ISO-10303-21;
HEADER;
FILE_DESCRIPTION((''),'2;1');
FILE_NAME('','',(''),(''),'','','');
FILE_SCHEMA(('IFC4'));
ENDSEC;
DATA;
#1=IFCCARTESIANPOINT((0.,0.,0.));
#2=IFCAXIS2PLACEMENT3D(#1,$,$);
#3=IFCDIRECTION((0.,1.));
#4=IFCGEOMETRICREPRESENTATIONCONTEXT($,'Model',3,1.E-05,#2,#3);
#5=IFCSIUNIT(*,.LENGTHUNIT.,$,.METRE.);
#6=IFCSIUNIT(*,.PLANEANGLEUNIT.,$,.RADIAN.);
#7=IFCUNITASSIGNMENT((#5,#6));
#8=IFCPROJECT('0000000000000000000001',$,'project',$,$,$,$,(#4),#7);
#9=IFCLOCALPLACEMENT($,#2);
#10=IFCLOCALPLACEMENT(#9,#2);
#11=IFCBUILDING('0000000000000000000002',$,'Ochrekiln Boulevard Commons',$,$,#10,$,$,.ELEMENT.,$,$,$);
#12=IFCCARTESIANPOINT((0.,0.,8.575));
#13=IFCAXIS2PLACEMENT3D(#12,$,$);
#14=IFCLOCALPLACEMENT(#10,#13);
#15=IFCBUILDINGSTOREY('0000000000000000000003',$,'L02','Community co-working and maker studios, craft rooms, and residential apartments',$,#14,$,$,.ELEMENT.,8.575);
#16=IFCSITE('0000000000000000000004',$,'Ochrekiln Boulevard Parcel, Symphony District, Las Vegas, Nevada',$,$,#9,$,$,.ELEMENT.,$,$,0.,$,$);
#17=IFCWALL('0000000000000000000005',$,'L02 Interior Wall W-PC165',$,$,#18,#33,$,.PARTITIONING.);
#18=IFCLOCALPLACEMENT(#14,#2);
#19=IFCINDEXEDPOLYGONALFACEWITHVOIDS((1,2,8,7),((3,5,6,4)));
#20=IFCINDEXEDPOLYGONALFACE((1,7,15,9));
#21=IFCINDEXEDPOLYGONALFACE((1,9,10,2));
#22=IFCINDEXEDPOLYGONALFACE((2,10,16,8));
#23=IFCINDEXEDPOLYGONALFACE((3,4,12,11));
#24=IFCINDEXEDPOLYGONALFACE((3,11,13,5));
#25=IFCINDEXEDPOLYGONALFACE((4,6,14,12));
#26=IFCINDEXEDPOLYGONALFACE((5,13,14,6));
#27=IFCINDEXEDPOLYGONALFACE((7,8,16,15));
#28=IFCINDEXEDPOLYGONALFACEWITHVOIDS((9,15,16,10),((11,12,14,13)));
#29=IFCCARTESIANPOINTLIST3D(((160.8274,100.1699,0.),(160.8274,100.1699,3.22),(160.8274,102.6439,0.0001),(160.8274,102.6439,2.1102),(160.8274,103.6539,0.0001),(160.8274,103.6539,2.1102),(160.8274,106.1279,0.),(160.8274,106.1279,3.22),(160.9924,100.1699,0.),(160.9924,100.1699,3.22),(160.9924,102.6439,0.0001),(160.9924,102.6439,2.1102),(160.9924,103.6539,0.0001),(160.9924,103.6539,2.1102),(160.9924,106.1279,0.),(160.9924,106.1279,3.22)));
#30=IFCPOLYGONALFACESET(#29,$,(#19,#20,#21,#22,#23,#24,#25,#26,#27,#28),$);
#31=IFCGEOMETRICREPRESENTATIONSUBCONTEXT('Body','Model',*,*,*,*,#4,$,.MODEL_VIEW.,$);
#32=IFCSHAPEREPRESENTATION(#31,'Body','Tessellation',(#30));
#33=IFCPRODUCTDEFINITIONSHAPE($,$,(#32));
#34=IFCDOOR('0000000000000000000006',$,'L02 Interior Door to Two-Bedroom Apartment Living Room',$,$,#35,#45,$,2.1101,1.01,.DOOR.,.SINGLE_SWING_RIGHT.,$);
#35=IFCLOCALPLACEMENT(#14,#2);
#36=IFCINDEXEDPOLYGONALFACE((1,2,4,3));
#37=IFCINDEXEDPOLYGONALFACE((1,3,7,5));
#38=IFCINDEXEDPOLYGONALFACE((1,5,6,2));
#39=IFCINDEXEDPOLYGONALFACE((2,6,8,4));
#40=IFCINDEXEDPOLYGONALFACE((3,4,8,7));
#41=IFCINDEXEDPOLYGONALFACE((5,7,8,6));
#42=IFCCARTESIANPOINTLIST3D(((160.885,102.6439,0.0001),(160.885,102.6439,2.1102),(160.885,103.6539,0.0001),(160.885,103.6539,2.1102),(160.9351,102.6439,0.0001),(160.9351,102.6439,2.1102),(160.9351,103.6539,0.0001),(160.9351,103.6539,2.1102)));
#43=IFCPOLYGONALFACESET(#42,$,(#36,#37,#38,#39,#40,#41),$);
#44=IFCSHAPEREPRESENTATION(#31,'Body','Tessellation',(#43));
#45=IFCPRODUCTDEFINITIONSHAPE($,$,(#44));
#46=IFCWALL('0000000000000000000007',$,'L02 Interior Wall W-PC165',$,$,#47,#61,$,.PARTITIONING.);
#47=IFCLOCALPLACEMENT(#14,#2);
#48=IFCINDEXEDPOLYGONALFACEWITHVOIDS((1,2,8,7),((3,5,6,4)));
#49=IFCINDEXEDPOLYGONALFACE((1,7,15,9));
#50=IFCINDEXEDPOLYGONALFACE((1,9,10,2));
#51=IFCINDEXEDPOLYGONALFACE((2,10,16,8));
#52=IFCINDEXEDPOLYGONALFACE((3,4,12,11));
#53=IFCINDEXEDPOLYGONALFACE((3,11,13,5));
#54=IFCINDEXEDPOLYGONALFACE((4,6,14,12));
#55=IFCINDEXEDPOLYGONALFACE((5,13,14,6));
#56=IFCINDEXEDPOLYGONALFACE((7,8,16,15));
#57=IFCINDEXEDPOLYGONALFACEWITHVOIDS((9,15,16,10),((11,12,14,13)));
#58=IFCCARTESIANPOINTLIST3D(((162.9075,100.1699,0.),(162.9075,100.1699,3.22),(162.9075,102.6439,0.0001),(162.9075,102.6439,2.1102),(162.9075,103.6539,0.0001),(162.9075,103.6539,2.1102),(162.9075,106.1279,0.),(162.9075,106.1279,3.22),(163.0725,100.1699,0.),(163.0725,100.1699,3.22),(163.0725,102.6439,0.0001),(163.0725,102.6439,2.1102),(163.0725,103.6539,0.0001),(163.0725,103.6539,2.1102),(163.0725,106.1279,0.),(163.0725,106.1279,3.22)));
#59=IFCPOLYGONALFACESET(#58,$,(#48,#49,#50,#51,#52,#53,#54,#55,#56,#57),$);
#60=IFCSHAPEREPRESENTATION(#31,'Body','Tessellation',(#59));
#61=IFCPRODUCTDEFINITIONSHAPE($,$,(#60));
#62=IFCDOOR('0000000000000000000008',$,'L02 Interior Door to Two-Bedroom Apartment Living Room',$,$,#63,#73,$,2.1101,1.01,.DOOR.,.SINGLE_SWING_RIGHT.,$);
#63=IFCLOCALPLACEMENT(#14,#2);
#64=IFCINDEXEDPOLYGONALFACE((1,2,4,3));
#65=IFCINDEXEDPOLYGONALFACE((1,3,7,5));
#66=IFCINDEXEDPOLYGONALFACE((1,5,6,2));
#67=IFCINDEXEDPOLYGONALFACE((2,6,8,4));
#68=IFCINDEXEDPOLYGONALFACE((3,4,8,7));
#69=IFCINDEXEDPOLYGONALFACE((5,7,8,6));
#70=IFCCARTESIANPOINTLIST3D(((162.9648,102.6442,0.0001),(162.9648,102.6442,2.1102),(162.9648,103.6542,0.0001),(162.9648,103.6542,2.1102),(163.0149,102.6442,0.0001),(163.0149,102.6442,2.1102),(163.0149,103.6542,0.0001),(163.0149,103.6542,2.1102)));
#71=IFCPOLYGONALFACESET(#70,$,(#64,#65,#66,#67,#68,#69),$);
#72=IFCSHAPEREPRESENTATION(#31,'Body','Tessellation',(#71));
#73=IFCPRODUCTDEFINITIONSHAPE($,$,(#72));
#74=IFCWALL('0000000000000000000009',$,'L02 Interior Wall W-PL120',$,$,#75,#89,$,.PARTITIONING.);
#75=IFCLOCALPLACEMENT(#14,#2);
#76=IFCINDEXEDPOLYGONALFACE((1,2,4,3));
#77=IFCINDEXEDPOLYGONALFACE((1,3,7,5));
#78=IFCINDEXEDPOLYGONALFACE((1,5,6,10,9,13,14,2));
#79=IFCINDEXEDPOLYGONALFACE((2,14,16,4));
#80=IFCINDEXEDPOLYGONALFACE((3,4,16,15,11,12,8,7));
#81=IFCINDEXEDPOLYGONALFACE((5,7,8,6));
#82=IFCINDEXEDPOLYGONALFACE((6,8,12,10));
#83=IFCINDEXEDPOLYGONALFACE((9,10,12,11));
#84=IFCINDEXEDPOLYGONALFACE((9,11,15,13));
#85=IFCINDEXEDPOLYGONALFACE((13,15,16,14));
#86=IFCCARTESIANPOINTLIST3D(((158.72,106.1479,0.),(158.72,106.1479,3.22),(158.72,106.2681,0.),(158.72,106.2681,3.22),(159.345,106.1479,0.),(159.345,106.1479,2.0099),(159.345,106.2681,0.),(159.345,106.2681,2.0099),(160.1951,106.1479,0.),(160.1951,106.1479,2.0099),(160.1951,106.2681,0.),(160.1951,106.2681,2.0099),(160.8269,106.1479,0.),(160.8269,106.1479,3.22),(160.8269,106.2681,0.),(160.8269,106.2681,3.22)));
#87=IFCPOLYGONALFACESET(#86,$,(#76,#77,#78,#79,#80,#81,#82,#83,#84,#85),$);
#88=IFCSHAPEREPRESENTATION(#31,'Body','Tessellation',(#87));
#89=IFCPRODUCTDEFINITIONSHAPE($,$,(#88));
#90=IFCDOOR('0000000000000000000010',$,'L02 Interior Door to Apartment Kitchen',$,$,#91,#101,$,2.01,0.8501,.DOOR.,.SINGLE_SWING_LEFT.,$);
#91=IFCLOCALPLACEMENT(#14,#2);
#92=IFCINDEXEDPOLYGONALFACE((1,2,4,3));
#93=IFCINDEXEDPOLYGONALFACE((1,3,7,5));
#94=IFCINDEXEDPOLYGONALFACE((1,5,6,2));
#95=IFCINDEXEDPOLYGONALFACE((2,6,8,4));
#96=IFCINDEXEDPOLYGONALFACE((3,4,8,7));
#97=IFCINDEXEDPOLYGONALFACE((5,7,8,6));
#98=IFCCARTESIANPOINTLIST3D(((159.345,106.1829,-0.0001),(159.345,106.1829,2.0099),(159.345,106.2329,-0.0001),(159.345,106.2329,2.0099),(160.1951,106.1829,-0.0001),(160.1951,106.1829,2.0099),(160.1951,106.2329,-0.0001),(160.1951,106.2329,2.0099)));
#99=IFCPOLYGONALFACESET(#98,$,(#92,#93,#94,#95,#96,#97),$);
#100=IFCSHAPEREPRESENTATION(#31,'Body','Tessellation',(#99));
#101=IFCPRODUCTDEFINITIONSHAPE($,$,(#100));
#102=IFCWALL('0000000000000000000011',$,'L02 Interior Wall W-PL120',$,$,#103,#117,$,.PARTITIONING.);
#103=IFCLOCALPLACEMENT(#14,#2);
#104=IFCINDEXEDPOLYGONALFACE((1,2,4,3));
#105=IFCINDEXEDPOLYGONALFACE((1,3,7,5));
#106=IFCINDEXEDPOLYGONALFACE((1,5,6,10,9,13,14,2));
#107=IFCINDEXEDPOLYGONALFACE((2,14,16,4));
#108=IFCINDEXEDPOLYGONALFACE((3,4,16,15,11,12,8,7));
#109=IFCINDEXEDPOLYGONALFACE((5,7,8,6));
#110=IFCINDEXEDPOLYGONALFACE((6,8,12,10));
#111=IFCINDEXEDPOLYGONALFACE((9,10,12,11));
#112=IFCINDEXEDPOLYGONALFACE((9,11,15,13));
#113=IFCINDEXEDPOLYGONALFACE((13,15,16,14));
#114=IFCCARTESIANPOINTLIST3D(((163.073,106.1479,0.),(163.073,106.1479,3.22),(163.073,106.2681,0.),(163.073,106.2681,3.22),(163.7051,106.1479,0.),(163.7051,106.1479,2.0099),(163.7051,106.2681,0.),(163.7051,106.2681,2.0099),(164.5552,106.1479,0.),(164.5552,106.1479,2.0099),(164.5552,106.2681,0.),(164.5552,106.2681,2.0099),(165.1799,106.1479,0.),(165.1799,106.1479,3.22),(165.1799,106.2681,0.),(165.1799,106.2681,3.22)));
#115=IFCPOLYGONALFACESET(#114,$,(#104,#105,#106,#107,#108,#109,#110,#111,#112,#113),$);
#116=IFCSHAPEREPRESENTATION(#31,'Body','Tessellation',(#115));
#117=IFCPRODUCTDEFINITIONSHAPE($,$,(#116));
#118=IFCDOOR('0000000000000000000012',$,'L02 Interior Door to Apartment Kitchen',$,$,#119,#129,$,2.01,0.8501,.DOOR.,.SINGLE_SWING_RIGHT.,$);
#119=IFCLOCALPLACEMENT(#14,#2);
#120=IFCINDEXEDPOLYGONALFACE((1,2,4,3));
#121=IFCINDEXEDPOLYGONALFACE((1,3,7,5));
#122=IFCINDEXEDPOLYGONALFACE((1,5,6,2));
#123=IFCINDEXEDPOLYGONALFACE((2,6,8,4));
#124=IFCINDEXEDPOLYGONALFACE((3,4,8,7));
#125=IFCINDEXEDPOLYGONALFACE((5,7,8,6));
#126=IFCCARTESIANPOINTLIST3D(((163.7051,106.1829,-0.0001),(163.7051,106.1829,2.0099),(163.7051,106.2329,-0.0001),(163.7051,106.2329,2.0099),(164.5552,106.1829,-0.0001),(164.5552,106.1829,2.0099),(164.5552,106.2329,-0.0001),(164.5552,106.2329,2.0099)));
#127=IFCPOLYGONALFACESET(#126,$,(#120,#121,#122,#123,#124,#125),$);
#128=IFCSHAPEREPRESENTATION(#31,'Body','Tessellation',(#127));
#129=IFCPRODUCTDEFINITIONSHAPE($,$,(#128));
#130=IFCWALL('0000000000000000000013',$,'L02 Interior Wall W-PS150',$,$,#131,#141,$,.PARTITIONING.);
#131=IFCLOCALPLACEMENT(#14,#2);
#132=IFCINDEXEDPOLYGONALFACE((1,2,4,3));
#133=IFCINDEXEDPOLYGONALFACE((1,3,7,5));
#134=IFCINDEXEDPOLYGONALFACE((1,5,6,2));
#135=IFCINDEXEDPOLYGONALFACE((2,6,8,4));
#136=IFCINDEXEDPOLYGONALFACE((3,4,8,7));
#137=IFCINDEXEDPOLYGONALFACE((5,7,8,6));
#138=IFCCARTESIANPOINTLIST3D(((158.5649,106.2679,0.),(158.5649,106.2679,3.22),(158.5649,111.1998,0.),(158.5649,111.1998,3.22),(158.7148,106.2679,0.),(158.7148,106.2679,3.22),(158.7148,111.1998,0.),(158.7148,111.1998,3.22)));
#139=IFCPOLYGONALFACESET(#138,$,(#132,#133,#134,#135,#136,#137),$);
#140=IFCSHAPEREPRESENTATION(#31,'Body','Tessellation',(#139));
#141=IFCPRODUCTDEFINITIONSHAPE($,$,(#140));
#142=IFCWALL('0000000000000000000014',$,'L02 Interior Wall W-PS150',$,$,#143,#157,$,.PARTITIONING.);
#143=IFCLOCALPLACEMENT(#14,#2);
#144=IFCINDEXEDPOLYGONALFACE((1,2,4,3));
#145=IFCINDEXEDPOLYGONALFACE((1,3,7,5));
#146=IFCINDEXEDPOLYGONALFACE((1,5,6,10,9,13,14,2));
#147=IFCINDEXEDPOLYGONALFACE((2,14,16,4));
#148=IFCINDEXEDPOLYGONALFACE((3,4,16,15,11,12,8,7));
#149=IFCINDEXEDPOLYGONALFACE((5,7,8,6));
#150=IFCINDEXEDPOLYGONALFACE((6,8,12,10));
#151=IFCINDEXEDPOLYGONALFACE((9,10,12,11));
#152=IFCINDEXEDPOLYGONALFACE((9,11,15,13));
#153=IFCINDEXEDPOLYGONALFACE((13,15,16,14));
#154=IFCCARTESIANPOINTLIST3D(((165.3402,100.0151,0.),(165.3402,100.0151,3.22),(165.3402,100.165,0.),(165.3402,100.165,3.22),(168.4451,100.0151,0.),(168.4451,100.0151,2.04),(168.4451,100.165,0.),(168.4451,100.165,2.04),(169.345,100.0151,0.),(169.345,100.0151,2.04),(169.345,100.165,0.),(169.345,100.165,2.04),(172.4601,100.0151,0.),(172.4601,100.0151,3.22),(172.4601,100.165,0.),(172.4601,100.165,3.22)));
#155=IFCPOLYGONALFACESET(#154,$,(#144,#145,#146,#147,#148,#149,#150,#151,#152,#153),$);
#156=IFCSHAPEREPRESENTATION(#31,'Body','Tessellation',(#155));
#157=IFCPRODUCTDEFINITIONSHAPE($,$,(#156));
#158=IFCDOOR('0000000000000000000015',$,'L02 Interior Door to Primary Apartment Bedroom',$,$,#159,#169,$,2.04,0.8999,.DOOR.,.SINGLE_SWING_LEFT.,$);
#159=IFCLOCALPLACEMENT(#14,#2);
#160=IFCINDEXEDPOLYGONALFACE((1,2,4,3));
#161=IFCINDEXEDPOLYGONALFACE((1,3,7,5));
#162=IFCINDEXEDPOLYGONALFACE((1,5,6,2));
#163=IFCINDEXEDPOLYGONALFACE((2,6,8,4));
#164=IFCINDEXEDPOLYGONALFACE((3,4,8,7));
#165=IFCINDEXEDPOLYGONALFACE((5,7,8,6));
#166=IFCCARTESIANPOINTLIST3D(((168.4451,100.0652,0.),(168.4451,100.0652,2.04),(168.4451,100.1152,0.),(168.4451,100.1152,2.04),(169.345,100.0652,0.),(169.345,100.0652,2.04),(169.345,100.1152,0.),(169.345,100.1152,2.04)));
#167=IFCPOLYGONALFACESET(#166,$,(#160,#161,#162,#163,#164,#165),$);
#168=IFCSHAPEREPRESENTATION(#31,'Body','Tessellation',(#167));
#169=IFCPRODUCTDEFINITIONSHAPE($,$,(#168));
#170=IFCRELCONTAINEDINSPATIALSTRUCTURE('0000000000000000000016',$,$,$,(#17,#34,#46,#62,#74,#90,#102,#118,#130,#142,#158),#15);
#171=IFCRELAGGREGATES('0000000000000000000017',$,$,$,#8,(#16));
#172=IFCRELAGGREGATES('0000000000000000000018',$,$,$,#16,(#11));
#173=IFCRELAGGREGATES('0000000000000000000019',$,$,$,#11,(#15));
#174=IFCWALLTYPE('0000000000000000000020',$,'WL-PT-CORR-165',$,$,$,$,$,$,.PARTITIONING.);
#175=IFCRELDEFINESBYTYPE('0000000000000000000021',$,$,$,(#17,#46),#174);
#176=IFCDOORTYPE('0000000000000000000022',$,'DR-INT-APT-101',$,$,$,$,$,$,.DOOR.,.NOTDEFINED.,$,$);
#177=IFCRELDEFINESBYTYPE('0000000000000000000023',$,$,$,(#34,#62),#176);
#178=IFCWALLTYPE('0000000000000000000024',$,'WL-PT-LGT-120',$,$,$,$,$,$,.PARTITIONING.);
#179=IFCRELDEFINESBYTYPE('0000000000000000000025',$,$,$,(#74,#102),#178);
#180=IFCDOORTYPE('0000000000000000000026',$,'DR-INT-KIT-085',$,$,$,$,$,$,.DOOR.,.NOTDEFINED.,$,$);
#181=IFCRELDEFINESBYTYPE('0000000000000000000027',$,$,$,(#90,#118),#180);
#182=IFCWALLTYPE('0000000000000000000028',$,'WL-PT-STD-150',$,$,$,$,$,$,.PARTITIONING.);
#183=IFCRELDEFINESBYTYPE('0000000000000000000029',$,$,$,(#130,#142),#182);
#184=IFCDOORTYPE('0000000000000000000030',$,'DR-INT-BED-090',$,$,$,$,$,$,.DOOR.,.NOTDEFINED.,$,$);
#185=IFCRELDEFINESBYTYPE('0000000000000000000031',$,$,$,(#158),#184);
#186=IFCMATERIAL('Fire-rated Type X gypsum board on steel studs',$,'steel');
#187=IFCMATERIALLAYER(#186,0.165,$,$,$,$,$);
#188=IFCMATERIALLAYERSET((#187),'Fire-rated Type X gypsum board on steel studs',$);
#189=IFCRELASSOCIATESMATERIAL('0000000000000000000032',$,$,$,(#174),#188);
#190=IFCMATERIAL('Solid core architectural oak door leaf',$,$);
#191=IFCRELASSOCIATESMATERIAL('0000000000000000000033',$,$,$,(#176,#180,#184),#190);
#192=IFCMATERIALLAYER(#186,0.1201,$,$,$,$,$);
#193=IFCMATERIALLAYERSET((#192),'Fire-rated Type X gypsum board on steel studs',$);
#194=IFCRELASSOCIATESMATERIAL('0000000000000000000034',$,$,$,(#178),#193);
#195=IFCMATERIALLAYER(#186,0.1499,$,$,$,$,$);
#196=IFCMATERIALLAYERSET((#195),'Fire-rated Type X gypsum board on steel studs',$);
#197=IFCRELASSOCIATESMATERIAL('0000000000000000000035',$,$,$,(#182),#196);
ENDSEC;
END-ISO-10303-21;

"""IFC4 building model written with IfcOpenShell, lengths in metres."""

from ifc_helpers import new_model, si_unit, direction, frame, frame_2d, origin, place, context, subcontext, project, spatial, rectangle, extrude, material, layer, layer_set, type_object, element, fill, save


model = new_model("IFC4")

# Units and contexts
model_context = context("Model", 3, precision=1e-05, world=origin(), true_north=direction((0.0, 1.0)))
body_context = subcontext(model_context, "Body", "Model", "MODEL_VIEW")
ifc_project = project(units=[si_unit("LENGTHUNIT", "METRE"), si_unit("PLANEANGLEUNIT", "RADIAN")], contexts=[model_context])

# Site, building, storey
site_placement = place(None, origin())
site = spatial("IfcSite", under=ifc_project, at=site_placement, Name="Ochrekiln Boulevard Parcel, Symphony District, Las Vegas, Nevada", CompositionType="ELEMENT", RefElevation=0.0)
building_placement = place(site_placement, origin())
building = spatial("IfcBuilding", under=site, at=building_placement, Name="Ochrekiln Boulevard Commons", CompositionType="ELEMENT")
storey_placement = place(building_placement, frame((0.0, 0.0, 8.575)))
storey = spatial("IfcBuildingStorey", under=building, at=storey_placement, Name="L02", Description="Community co-working and maker studios, craft rooms, and residential apartments", CompositionType="ELEMENT", Elevation=8.575)

# Walls, openings, doors
ifc_material_1 = material(Name="Solid core architectural oak door leaf")
ifc_material_2 = material(Name="Fire-rated Type X gypsum board on steel studs", Category="steel")
ifc_layer_1 = layer(ifc_material_2, 0.165)
ifc_layer_set_1 = layer_set([ifc_layer_1], Name="Fire-rated Type X gypsum board on steel studs")
wall_type_1 = type_object("IfcWallType", Name="WL-PT-CORR-165", PredefinedType="PARTITIONING", material=ifc_layer_set_1)
wall_1_placement = place(storey_placement, frame((160.9099, 100.1699, 0.0), z_axis=(0.0, 0.0, 1.0), x_axis=(0.0, 1.0, 0.0)))
wall_1 = element("IfcWall", 1, at=wall_1_placement, inside=storey, type_object=wall_type_1, Name="L02 Interior Wall W-PC165", PredefinedType="PARTITIONING", context=body_context, shape_type="SweptSolid", body=[
    extrude(rectangle(XDim=5.958, YDim=0.165, at=frame_2d((2.979, 0.0))), origin(), (0.0, 0.0, 1.0), 3.22),
])
opening_1_placement = place(wall_1_placement, frame((2.4741, 0.0, 0.0)))
opening_1 = element("IfcOpeningElement", 2, at=opening_1_placement, cuts=wall_1, PredefinedType="OPENING", context=body_context, shape_type="SweptSolid", body=[
    extrude(rectangle(XDim=1.01, YDim=2.1101, at=frame_2d((0.5049, 1.0552))), frame((0.0, 0.0925, 0.0), z_axis=(0.0, -1.0, 0.0), x_axis=(1.0, 0.0, 0.0)), (0.0, 0.0, 1.0), 0.1851),
])
door_type_1 = type_object("IfcDoorType", Name="DR-INT-APT-101", OperationType="NOTDEFINED", PredefinedType="DOOR", material=ifc_material_1)
door_1_placement = place(opening_1_placement, origin())
door_1 = element("IfcDoor", 3, at=door_1_placement, inside=storey, type_object=door_type_1, Name="L02 Interior Door to Two-Bedroom Apartment Living Room", OperationType="SINGLE_SWING_RIGHT", OverallHeight=2.1101, OverallWidth=1.01, PredefinedType="DOOR", context=body_context, shape_type="SweptSolid", body=[
    extrude(rectangle(XDim=1.01, YDim=2.1101, at=frame_2d((0.5049, 1.0552))), frame((0.0, 0.0249, 0.0), z_axis=(0.0, -1.0, 0.0), x_axis=(1.0, 0.0, 0.0)), (0.0, 0.0, 1.0), 0.05),
])
fill(opening_1, door_1)
wall_2_placement = place(storey_placement, frame((162.99, 100.1699, 0.0), z_axis=(0.0, 0.0, 1.0), x_axis=(0.0, 1.0, 0.0)))
wall_2 = element("IfcWall", 4, at=wall_2_placement, inside=storey, type_object=wall_type_1, Name="L02 Interior Wall W-PC165", PredefinedType="PARTITIONING", context=body_context, shape_type="SweptSolid", body=[
    extrude(rectangle(XDim=5.958, YDim=0.165, at=frame_2d((2.979, 0.0))), origin(), (0.0, 0.0, 1.0), 3.22),
])
opening_2_placement = place(wall_2_placement, frame((2.4741, 0.0, 0.0)))
opening_2 = element("IfcOpeningElement", 5, at=opening_2_placement, cuts=wall_2, PredefinedType="OPENING", context=body_context, shape_type="SweptSolid", body=[
    extrude(rectangle(XDim=1.01, YDim=2.1101, at=frame_2d((0.5049, 1.0552))), frame((0.0, 0.0925, 0.0), z_axis=(0.0, -1.0, 0.0), x_axis=(1.0, 0.0, 0.0)), (0.0, 0.0, 1.0), 0.1851),
])
door_2_placement = place(opening_2_placement, frame((1.01, 0.0, 0.0), z_axis=(0.0, 0.0, 1.0), x_axis=(-1.0, 0.0, 0.0)))
door_2 = element("IfcDoor", 6, at=door_2_placement, inside=storey, type_object=door_type_1, Name="L02 Interior Door to Two-Bedroom Apartment Living Room", OperationType="SINGLE_SWING_RIGHT", OverallHeight=2.1101, OverallWidth=1.01, PredefinedType="DOOR", context=body_context, shape_type="SweptSolid", body=[
    extrude(rectangle(XDim=1.01, YDim=2.1101, at=frame_2d((0.5049, 1.0552))), frame((0.0, 0.0249, 0.0), z_axis=(0.0, -1.0, 0.0), x_axis=(1.0, 0.0, 0.0)), (0.0, 0.0, 1.0), 0.05),
])
fill(opening_2, door_2)
ifc_layer_2 = layer(ifc_material_2, 0.1201)
ifc_layer_set_2 = layer_set([ifc_layer_2], Name="Fire-rated Type X gypsum board on steel studs")
wall_type_2 = type_object("IfcWallType", Name="WL-PT-LGT-120", PredefinedType="PARTITIONING", material=ifc_layer_set_2)
wall_3_placement = place(storey_placement, frame((158.72, 106.208, 0.0), z_axis=(0.0, 0.0, 1.0), x_axis=(1.0, 0.0, 0.0)))
wall_3 = element("IfcWall", 7, at=wall_3_placement, inside=storey, type_object=wall_type_2, Name="L02 Interior Wall W-PL120", PredefinedType="PARTITIONING", context=body_context, shape_type="SweptSolid", body=[
    extrude(rectangle(XDim=2.1069, YDim=0.1201, at=frame_2d((1.0535, 0.0))), origin(), (0.0, 0.0, 1.0), 3.22),
])
opening_3_placement = place(wall_3_placement, frame((0.625, 0.0, 0.0)))
opening_3 = element("IfcOpeningElement", 8, at=opening_3_placement, cuts=wall_3, PredefinedType="OPENING", context=body_context, shape_type="SweptSolid", body=[
    extrude(rectangle(XDim=0.8501, YDim=2.01, at=frame_2d((0.425, 1.0049))), frame((0.0, 0.0701, 0.0), z_axis=(0.0, -1.0, 0.0), x_axis=(1.0, 0.0, 0.0)), (0.0, 0.0, 1.0), 0.1401),
])
door_type_2 = type_object("IfcDoorType", Name="DR-INT-KIT-085", OperationType="NOTDEFINED", PredefinedType="DOOR", material=ifc_material_1)
door_3_placement = place(opening_3_placement, origin())
door_3 = element("IfcDoor", 9, at=door_3_placement, inside=storey, type_object=door_type_2, Name="L02 Interior Door to Apartment Kitchen", OperationType="SINGLE_SWING_LEFT", OverallHeight=2.01, OverallWidth=0.8501, PredefinedType="DOOR", context=body_context, shape_type="SweptSolid", body=[
    extrude(rectangle(XDim=0.8501, YDim=2.01, at=frame_2d((0.425, 1.0049))), frame((0.0, 0.0249, 0.0), z_axis=(0.0, -1.0, 0.0), x_axis=(1.0, 0.0, 0.0)), (0.0, 0.0, 1.0), 0.05),
])
fill(opening_3, door_3)
wall_4_placement = place(storey_placement, frame((163.073, 106.208, 0.0), z_axis=(0.0, 0.0, 1.0), x_axis=(1.0, 0.0, 0.0)))
wall_4 = element("IfcWall", 10, at=wall_4_placement, inside=storey, type_object=wall_type_2, Name="L02 Interior Wall W-PL120", PredefinedType="PARTITIONING", context=body_context, shape_type="SweptSolid", body=[
    extrude(rectangle(XDim=2.1069, YDim=0.1201, at=frame_2d((1.0535, 0.0))), origin(), (0.0, 0.0, 1.0), 3.22),
])
opening_4_placement = place(wall_4_placement, frame((0.6321, 0.0, 0.0)))
opening_4 = element("IfcOpeningElement", 11, at=opening_4_placement, cuts=wall_4, PredefinedType="OPENING", context=body_context, shape_type="SweptSolid", body=[
    extrude(rectangle(XDim=0.8501, YDim=2.01, at=frame_2d((0.425, 1.0049))), frame((0.0, 0.0701, 0.0), z_axis=(0.0, -1.0, 0.0), x_axis=(1.0, 0.0, 0.0)), (0.0, 0.0, 1.0), 0.1401),
])
door_4_placement = place(opening_4_placement, origin())
door_4 = element("IfcDoor", 12, at=door_4_placement, inside=storey, type_object=door_type_2, Name="L02 Interior Door to Apartment Kitchen", OperationType="SINGLE_SWING_RIGHT", OverallHeight=2.01, OverallWidth=0.8501, PredefinedType="DOOR", context=body_context, shape_type="SweptSolid", body=[
    extrude(rectangle(XDim=0.8501, YDim=2.01, at=frame_2d((0.425, 1.0049))), frame((0.0, 0.0249, 0.0), z_axis=(0.0, -1.0, 0.0), x_axis=(1.0, 0.0, 0.0)), (0.0, 0.0, 1.0), 0.05),
])
fill(opening_4, door_4)

# Wall
ifc_layer_3 = layer(ifc_material_2, 0.1499)
ifc_layer_set_3 = layer_set([ifc_layer_3], Name="Fire-rated Type X gypsum board on steel studs")
wall_type_3 = type_object("IfcWallType", Name="WL-PT-STD-150", PredefinedType="PARTITIONING", material=ifc_layer_set_3)
wall_5_placement = place(storey_placement, frame((158.6399, 106.2681, 0.0), z_axis=(0.0, 0.0, 1.0), x_axis=(0.0, 1.0, 0.0)))
element("IfcWall", 13, at=wall_5_placement, inside=storey, type_object=wall_type_3, Name="L02 Interior Wall W-PS150", PredefinedType="PARTITIONING", context=body_context, shape_type="SweptSolid", body=[
    extrude(rectangle(XDim=4.9319, YDim=0.1499, at=frame_2d((2.4658, 0.0))), origin(), (0.0, 0.0, 1.0), 3.22),
])

# Wall, opening, door
wall_6_placement = place(storey_placement, frame((165.3401, 100.0901, 0.0), z_axis=(0.0, 0.0, 1.0), x_axis=(1.0, 0.0, 0.0)))
wall_6 = element("IfcWall", 14, at=wall_6_placement, inside=storey, type_object=wall_type_3, Name="L02 Interior Wall W-PS150", PredefinedType="PARTITIONING", context=body_context, shape_type="SweptSolid", body=[
    extrude(rectangle(XDim=7.1199, YDim=0.1499, at=frame_2d((3.5601, 0.0))), origin(), (0.0, 0.0, 1.0), 3.22),
])
opening_5_placement = place(wall_6_placement, frame((3.105, 0.0, 0.0)))
opening_5 = element("IfcOpeningElement", 15, at=opening_5_placement, cuts=wall_6, PredefinedType="OPENING", context=body_context, shape_type="SweptSolid", body=[
    extrude(rectangle(XDim=0.8999, YDim=2.04, at=frame_2d((0.45, 1.02))), frame((0.0, 0.085, 0.0), z_axis=(0.0, -1.0, 0.0), x_axis=(1.0, 0.0, 0.0)), (0.0, 0.0, 1.0), 0.1699),
])
door_type_3 = type_object("IfcDoorType", Name="DR-INT-BED-090", OperationType="NOTDEFINED", PredefinedType="DOOR", material=ifc_material_1)
door_5_placement = place(opening_5_placement, frame((0.8999, 0.0, 0.0), z_axis=(0.0, 0.0, 1.0), x_axis=(-1.0, 0.0, 0.0)))
door_5 = element("IfcDoor", 16, at=door_5_placement, inside=storey, type_object=door_type_3, Name="L02 Interior Door to Primary Apartment Bedroom", OperationType="SINGLE_SWING_LEFT", OverallHeight=2.04, OverallWidth=0.8999, PredefinedType="DOOR", context=body_context, shape_type="SweptSolid", body=[
    extrude(rectangle(XDim=0.8999, YDim=2.04, at=frame_2d((0.45, 1.02))), frame((0.0, 0.0249, 0.0), z_axis=(0.0, -1.0, 0.0), x_axis=(1.0, 0.0, 0.0)), (0.0, 0.0, 1.0), 0.05),
])
fill(opening_5, door_5)

save(model, "model.ifc")
